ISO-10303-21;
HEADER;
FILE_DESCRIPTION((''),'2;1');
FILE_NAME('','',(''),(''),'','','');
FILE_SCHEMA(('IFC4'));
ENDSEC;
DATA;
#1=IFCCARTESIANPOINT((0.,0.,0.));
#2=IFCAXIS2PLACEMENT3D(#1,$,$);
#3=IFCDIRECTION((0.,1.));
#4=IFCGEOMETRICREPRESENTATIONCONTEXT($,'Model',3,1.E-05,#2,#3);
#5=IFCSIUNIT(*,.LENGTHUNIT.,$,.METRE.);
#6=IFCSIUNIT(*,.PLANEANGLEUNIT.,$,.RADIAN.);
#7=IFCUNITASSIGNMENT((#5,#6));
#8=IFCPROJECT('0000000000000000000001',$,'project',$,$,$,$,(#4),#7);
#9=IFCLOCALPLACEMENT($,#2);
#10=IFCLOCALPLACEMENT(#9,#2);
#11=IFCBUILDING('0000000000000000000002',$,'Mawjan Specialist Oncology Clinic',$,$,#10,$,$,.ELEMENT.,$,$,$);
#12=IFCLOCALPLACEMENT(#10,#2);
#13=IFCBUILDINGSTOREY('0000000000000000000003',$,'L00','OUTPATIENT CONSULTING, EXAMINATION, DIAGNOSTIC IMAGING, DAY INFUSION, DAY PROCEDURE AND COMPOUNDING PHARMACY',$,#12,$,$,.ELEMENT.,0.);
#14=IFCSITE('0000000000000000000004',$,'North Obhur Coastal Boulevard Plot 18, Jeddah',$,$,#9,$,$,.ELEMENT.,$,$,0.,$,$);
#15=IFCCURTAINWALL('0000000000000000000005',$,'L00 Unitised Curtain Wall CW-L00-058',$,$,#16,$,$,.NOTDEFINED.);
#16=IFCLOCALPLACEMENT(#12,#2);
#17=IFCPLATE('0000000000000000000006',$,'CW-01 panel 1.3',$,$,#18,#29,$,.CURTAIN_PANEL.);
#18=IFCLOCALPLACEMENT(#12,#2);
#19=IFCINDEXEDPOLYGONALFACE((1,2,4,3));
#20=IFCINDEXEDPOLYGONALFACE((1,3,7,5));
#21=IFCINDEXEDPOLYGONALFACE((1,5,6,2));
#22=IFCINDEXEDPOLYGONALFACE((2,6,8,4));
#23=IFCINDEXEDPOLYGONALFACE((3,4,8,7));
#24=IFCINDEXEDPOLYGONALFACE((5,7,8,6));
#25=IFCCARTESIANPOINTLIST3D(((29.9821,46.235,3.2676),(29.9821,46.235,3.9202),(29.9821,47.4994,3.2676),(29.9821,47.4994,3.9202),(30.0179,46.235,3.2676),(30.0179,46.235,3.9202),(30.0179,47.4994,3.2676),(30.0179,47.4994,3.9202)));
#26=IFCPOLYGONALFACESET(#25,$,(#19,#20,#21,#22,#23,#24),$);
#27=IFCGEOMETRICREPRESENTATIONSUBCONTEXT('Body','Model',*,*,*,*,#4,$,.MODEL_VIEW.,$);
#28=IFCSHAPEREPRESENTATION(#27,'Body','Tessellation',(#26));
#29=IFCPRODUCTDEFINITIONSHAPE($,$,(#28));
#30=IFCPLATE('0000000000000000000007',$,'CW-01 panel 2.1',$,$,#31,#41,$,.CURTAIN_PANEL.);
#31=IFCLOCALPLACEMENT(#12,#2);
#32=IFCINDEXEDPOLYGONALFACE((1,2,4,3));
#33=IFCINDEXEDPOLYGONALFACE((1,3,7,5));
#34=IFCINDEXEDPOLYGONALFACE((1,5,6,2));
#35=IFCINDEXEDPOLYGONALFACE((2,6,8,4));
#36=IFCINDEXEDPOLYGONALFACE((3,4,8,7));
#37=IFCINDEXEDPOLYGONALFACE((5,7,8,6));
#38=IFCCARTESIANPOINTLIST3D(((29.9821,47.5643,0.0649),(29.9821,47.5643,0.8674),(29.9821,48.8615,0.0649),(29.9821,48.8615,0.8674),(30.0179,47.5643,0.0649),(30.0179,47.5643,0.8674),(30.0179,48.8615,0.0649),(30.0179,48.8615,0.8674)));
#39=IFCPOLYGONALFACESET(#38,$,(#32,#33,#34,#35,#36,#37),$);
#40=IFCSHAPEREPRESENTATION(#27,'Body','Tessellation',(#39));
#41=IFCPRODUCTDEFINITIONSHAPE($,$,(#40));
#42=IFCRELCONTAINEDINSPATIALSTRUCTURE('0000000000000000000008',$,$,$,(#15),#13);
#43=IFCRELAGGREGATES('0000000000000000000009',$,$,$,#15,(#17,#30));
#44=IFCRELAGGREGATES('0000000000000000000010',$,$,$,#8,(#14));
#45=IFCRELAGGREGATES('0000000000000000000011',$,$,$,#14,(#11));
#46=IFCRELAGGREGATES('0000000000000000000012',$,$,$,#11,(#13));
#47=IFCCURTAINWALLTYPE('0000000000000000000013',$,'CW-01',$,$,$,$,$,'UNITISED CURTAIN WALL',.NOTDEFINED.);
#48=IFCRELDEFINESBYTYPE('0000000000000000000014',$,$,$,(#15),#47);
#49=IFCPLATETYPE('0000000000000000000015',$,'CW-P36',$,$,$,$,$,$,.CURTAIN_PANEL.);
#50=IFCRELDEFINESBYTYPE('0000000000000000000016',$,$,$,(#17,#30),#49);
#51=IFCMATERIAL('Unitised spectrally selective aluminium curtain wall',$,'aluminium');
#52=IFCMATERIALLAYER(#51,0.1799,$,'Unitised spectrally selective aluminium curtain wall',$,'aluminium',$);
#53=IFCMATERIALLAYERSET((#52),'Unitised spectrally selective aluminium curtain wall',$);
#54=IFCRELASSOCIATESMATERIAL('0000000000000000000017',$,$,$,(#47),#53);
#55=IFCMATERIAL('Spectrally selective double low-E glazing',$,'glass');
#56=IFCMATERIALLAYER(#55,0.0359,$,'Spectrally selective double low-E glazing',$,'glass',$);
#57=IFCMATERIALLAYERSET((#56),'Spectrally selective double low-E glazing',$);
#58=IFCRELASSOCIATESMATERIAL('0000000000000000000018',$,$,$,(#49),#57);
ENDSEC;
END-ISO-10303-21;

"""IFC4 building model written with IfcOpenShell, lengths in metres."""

from ifc_helpers import new_model, si_unit, direction, frame, origin, origin_2d, place, context, subcontext, project, spatial, rectangle, extrude, material, layer, layer_set, type_object, element, aggregate, save


model = new_model("IFC4")

# Units and contexts
model_context = context("Model", 3, precision=1e-05, world=origin(), true_north=direction((0.0, 1.0)))
body_context = subcontext(model_context, "Body", "Model", "MODEL_VIEW")
ifc_project = project(units=[si_unit("LENGTHUNIT", "METRE"), si_unit("PLANEANGLEUNIT", "RADIAN")], contexts=[model_context])

# Site, building, storey
site_placement = place(None, origin())
site = spatial("IfcSite", under=ifc_project, at=site_placement, Name="North Obhur Coastal Boulevard Plot 18, Jeddah", CompositionType="ELEMENT", RefElevation=0.0)
building_placement = place(site_placement, origin())
building = spatial("IfcBuilding", under=site, at=building_placement, Name="Mawjan Specialist Oncology Clinic", CompositionType="ELEMENT")
storey_placement = place(building_placement, origin())
storey = spatial("IfcBuildingStorey", under=building, at=storey_placement, Name="L00", Description="OUTPATIENT CONSULTING, EXAMINATION, DIAGNOSTIC IMAGING, DAY INFUSION, DAY PROCEDURE AND COMPOUNDING PHARMACY", CompositionType="ELEMENT", Elevation=0.0)

# Curtain wall
ifc_material_1 = material(Name="Unitised spectrally selective aluminium curtain wall", Category="aluminium")
ifc_layer_1 = layer(ifc_material_1, 0.1799, Name="Unitised spectrally selective aluminium curtain wall", Category="aluminium")
ifc_layer_set_1 = layer_set([ifc_layer_1], Name="Unitised spectrally selective aluminium curtain wall")
curtain_wall_type_1 = type_object("IfcCurtainWallType", Name="CW-01", ElementType="UNITISED CURTAIN WALL", PredefinedType="NOTDEFINED", material=ifc_layer_set_1)
curtain_wall_1_placement = place(storey_placement, origin())
curtain_wall_1 = element("IfcCurtainWall", 1, at=curtain_wall_1_placement, inside=storey, type_object=curtain_wall_type_1, Name="L00 Unitised Curtain Wall CW-L00-058", PredefinedType="NOTDEFINED")

# Plates
ifc_material_2 = material(Name="Spectrally selective double low-E glazing", Category="glass")
ifc_layer_2 = layer(ifc_material_2, 0.0359, Name="Spectrally selective double low-E glazing", Category="glass")
ifc_layer_set_2 = layer_set([ifc_layer_2], Name="Spectrally selective double low-E glazing")
plate_type = type_object("IfcPlateType", Name="CW-P36", PredefinedType="CURTAIN_PANEL", material=ifc_layer_set_2)
plate_1_placement = place(storey_placement, frame((30.0, 46.8672, 3.2676), z_axis=(0.0, 0.0, 1.0), x_axis=(0.0, 1.0, 0.0)))
plate_1 = element("IfcPlate", 2, at=plate_1_placement, type_object=plate_type, Name="CW-01 panel 1.3", PredefinedType="CURTAIN_PANEL", context=body_context, shape_type="SweptSolid", body=[
    extrude(rectangle(XDim=1.2644, YDim=0.0359, at=origin_2d()), origin(), (0.0, 0.0, 1.0), 0.6526),
])
plate_2_placement = place(storey_placement, frame((30.0, 48.2129, 0.0649), z_axis=(0.0, 0.0, 1.0), x_axis=(0.0, 1.0, 0.0)))
plate_2 = element("IfcPlate", 3, at=plate_2_placement, type_object=plate_type, Name="CW-01 panel 2.1", PredefinedType="CURTAIN_PANEL", context=body_context, shape_type="SweptSolid", body=[
    extrude(rectangle(XDim=1.2971, YDim=0.0359, at=origin_2d()), origin(), (0.0, 0.0, 1.0), 0.8025),
])
aggregate(curtain_wall_1, [plate_1, plate_2])

save(model, "model.ifc")
